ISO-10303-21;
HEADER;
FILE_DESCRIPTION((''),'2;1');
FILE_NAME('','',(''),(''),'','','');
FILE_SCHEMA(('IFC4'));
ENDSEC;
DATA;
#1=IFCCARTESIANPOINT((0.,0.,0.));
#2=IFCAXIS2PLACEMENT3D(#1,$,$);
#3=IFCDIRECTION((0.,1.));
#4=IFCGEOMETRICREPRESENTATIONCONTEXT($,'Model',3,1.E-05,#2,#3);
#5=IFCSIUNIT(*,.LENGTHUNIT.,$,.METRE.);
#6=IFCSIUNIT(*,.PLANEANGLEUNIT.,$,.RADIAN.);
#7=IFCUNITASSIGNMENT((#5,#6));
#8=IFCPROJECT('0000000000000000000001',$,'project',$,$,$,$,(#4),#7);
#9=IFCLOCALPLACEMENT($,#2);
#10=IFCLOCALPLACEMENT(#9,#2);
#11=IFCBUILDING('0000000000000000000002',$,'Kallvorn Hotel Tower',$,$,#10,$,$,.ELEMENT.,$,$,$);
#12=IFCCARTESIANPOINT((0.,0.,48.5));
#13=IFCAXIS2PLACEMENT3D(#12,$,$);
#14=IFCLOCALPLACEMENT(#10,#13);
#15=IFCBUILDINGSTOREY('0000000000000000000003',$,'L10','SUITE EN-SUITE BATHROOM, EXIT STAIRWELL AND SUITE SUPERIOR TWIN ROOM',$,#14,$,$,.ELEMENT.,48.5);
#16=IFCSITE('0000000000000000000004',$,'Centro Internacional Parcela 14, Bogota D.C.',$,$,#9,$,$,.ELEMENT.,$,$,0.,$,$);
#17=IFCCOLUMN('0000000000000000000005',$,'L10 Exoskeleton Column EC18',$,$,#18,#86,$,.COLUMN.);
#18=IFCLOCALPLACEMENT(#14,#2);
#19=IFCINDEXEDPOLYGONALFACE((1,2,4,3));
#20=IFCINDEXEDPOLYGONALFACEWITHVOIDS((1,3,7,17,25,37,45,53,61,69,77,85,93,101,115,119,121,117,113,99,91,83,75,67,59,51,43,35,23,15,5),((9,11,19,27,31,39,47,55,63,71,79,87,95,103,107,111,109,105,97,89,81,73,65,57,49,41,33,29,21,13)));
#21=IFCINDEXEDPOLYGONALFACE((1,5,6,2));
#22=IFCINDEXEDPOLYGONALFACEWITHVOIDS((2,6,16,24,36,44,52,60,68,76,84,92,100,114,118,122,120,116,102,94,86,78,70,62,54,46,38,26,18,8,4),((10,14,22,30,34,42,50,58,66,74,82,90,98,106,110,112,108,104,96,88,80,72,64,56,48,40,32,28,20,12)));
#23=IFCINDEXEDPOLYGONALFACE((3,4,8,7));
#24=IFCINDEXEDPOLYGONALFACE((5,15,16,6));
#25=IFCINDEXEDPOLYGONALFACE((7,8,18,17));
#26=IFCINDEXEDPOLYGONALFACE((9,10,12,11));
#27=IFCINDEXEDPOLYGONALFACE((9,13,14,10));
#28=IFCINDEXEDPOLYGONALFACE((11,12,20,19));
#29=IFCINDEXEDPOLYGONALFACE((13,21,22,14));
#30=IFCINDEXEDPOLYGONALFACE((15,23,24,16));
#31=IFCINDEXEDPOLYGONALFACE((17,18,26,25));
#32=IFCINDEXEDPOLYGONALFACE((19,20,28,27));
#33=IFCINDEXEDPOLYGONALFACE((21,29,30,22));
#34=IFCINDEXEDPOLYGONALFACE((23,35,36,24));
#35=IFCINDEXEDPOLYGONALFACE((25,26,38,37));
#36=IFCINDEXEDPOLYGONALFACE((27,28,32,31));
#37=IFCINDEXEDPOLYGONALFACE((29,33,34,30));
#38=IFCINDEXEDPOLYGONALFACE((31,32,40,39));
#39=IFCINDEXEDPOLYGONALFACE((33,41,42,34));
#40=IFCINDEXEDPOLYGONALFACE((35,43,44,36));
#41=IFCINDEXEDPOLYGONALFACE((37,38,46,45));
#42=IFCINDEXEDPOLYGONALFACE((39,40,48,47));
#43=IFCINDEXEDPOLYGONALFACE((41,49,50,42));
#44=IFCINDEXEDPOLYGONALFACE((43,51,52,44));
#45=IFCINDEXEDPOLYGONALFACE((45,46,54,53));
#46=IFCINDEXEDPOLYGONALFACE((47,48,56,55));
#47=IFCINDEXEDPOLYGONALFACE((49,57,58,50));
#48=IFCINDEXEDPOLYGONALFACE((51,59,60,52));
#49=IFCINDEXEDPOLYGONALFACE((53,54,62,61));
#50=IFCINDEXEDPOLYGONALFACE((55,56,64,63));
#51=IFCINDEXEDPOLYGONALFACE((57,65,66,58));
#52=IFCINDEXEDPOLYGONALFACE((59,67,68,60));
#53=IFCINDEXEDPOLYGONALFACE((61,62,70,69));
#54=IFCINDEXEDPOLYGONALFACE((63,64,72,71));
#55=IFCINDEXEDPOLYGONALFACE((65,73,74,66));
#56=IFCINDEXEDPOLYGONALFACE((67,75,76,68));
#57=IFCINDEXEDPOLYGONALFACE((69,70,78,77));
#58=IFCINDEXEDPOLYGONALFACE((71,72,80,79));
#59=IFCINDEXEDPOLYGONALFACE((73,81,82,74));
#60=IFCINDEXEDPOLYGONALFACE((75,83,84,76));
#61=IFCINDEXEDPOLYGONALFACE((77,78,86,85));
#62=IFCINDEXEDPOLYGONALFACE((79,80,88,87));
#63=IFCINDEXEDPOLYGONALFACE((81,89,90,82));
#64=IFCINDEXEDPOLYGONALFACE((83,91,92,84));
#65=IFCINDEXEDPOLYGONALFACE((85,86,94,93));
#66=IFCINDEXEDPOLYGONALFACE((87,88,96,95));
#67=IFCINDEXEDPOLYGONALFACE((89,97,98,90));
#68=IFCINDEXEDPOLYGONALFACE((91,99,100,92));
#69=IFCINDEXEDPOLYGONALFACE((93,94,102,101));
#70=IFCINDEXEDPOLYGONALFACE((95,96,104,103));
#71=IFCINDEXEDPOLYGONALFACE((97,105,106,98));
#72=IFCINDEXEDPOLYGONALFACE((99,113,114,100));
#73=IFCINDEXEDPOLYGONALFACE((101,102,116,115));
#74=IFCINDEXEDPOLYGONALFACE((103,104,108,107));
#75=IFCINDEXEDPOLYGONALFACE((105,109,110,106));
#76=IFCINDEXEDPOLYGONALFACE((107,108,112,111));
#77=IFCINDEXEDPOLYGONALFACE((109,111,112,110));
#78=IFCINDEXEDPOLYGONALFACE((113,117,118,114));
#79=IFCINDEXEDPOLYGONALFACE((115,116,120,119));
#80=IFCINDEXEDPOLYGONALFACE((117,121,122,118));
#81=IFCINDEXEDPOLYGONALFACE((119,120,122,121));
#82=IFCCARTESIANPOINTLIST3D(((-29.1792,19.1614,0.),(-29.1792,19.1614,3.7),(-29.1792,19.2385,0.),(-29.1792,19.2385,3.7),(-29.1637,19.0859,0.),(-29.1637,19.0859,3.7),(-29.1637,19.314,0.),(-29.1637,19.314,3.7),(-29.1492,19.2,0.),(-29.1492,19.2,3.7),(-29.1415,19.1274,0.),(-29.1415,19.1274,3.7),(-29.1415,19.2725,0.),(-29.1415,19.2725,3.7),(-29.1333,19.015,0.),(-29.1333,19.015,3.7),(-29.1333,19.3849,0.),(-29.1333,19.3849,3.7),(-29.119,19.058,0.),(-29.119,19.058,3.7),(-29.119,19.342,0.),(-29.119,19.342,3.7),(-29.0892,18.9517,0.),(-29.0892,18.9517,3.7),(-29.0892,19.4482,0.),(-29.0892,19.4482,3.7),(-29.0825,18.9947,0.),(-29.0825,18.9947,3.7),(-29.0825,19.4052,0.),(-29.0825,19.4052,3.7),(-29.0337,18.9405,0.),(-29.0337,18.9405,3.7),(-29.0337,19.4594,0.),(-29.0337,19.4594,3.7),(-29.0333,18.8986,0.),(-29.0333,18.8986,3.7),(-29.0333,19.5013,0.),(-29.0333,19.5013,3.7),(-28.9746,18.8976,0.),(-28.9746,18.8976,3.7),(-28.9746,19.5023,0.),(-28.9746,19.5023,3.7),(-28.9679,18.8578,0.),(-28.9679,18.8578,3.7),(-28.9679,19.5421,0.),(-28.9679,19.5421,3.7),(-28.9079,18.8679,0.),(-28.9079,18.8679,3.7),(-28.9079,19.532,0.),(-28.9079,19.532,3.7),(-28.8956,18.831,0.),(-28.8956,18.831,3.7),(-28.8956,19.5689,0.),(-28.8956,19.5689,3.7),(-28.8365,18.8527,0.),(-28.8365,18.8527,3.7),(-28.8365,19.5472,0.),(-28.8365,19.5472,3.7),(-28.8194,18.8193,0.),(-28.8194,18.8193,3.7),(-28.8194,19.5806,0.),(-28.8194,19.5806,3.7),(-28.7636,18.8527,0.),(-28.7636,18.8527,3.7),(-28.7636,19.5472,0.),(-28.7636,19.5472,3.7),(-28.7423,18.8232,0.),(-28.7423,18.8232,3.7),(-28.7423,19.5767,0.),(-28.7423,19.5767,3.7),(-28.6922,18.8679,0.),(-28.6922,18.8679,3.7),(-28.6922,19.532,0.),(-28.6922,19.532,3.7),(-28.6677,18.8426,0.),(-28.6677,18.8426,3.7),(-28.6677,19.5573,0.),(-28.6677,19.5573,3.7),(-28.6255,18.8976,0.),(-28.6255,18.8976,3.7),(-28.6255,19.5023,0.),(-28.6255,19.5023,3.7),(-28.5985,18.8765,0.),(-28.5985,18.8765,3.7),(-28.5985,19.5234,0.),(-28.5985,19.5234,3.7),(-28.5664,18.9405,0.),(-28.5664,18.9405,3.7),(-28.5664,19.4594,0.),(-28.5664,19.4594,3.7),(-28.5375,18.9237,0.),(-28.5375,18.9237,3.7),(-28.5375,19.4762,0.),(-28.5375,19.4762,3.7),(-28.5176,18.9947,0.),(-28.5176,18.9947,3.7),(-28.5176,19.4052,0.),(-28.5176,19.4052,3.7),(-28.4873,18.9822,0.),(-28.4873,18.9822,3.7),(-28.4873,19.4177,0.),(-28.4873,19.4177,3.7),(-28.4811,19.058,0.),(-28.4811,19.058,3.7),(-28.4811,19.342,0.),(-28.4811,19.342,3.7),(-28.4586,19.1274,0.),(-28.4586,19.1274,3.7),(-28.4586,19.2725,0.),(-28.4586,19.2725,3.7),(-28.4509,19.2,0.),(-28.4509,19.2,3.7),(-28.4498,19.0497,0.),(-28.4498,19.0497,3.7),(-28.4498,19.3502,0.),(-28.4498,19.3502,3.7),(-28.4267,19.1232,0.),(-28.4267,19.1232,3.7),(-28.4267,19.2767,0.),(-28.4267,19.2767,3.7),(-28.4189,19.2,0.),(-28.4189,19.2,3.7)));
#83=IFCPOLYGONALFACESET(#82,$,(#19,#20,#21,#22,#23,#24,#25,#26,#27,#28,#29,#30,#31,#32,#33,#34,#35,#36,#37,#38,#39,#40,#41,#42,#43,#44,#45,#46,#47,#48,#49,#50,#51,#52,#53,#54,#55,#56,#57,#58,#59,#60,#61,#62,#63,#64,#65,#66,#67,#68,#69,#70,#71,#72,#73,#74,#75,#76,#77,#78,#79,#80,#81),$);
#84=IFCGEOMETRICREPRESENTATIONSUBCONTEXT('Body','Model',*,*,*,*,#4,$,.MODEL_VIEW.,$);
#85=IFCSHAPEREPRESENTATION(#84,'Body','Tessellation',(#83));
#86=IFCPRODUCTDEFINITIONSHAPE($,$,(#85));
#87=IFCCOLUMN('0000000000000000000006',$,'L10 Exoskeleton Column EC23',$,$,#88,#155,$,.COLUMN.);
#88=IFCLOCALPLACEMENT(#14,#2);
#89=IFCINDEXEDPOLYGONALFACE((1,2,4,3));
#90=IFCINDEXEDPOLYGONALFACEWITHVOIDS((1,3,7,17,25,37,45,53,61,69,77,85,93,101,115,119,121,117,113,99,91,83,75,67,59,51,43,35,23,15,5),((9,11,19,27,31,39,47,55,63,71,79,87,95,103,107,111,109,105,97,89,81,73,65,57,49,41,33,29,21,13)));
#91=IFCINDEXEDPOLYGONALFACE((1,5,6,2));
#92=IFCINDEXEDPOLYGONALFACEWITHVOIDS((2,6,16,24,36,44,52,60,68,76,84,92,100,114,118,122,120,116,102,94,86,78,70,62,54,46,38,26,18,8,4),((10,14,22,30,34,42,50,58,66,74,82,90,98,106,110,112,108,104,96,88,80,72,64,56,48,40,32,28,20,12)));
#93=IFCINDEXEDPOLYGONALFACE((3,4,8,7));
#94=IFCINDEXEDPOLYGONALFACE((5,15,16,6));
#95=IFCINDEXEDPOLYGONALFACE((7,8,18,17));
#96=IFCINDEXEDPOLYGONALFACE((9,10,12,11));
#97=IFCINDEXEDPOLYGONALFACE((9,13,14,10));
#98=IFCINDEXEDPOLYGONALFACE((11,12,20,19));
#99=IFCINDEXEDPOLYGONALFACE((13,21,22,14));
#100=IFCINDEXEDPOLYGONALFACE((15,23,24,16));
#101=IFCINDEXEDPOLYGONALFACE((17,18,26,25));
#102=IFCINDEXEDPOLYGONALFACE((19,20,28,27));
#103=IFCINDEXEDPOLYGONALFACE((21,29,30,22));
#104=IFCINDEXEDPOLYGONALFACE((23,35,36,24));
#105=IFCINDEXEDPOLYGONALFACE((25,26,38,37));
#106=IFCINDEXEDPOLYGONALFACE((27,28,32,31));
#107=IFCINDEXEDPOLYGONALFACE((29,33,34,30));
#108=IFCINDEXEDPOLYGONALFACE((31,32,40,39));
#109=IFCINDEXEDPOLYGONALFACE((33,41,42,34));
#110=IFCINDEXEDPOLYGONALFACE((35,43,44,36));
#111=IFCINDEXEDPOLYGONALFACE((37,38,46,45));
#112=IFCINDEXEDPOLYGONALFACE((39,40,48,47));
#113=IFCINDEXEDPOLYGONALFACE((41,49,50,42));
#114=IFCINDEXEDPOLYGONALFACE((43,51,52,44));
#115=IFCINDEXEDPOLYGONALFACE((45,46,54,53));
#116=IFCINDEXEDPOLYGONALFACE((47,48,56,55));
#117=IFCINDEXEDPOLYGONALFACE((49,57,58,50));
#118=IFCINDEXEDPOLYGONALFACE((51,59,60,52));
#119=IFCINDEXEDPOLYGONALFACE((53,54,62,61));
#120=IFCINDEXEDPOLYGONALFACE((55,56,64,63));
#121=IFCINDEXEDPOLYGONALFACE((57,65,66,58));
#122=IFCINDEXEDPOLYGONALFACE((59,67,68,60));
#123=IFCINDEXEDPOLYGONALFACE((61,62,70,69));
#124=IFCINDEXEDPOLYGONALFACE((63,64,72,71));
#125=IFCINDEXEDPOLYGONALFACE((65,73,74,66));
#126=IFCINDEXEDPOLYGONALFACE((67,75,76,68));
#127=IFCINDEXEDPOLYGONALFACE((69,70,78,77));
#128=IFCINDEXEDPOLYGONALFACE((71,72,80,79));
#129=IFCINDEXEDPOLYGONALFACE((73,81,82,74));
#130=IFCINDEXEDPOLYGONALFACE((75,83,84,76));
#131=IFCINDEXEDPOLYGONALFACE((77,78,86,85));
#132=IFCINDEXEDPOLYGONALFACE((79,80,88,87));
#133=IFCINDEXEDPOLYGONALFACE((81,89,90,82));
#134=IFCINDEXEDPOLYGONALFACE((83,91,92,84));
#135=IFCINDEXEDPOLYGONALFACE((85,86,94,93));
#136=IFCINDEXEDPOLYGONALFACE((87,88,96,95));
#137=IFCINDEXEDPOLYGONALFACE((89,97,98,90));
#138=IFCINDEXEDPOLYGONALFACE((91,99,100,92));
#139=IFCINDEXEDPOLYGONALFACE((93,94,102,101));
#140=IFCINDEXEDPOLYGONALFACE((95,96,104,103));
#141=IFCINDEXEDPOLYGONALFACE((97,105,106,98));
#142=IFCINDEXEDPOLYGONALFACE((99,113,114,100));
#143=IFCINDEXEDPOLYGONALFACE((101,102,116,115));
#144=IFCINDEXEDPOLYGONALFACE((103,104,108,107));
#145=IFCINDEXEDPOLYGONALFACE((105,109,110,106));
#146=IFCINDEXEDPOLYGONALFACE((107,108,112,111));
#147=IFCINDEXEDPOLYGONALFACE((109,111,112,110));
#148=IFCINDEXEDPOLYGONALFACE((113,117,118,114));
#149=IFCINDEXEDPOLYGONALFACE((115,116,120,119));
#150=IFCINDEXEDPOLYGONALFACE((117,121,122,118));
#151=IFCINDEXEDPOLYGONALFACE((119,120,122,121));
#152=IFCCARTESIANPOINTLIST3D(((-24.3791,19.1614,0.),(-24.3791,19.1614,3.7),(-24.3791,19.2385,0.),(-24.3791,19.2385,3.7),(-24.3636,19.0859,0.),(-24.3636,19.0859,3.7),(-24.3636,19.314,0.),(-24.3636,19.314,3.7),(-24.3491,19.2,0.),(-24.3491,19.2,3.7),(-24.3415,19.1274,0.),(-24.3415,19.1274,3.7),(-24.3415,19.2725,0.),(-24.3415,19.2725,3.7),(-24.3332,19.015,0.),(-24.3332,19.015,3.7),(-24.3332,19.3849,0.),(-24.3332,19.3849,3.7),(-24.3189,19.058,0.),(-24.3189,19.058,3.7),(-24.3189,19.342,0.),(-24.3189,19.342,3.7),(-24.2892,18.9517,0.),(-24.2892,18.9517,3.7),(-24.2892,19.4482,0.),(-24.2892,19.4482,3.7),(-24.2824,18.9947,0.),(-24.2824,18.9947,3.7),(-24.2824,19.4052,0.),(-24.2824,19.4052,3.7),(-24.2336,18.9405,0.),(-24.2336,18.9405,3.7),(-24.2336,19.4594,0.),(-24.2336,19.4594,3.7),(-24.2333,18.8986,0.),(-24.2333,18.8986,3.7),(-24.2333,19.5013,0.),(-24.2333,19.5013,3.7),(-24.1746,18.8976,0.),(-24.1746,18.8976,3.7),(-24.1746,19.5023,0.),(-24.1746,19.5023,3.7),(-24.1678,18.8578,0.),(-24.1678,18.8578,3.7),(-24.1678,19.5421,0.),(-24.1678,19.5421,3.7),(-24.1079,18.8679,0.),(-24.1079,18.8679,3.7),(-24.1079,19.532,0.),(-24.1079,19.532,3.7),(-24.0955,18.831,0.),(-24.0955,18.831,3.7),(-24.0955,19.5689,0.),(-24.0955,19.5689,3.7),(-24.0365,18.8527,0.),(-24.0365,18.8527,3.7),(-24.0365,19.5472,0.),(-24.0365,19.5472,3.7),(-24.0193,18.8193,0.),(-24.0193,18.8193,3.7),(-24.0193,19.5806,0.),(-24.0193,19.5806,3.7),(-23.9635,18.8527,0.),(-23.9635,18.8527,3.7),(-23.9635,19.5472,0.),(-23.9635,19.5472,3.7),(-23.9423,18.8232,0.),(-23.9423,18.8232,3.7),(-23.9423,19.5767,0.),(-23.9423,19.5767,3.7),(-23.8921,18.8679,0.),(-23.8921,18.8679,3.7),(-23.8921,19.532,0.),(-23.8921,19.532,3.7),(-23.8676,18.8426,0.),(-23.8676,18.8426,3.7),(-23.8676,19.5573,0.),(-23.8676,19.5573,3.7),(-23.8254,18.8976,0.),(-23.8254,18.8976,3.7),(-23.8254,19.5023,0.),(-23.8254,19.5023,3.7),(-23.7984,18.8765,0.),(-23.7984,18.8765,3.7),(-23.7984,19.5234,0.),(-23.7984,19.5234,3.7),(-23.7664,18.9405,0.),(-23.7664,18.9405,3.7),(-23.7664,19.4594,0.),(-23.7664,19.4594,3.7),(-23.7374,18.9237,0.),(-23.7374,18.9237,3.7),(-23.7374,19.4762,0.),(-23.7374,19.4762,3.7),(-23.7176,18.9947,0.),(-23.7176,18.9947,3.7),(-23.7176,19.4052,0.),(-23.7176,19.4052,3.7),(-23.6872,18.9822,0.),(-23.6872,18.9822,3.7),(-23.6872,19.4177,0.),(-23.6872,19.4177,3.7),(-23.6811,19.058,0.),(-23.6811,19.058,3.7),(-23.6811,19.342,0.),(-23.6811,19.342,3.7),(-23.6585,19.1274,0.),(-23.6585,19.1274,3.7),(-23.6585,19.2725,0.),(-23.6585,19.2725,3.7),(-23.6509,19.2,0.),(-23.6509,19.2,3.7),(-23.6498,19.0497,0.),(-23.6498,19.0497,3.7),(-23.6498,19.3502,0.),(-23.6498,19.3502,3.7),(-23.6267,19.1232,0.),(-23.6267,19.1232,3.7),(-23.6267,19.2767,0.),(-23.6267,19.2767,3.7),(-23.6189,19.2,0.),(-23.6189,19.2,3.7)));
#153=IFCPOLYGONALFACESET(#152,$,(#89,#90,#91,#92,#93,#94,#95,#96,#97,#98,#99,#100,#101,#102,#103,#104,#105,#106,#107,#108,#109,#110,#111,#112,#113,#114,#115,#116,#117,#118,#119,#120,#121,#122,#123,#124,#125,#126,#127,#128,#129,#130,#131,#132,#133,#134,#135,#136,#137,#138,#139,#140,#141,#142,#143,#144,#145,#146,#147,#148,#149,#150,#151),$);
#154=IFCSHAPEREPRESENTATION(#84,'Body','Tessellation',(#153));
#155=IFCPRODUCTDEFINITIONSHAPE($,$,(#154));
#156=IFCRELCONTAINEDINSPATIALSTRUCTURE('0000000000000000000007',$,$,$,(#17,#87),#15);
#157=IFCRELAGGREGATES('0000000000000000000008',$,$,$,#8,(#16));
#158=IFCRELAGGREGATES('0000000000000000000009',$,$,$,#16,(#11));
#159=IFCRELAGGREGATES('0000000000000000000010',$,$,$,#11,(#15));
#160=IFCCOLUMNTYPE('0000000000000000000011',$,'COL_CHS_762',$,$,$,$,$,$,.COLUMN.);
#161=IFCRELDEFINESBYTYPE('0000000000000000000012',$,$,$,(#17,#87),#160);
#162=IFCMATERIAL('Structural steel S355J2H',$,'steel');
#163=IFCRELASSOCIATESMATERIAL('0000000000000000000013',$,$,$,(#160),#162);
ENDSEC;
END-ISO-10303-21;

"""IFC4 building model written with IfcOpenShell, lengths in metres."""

from ifc_helpers import new_model, si_unit, direction, frame, origin, origin_2d, place, context, subcontext, project, spatial, hollow_circle, extrude, material, material_profile, profile_set, type_object, element, save


model = new_model("IFC4")

# Units and contexts
model_context = context("Model", 3, precision=1e-05, world=origin(), true_north=direction((0.0, 1.0)))
body_context = subcontext(model_context, "Body", "Model", "MODEL_VIEW")
ifc_project = project(units=[si_unit("LENGTHUNIT", "METRE"), si_unit("PLANEANGLEUNIT", "RADIAN")], contexts=[model_context])

# Site, building, storey
site_placement = place(None, origin())
site = spatial("IfcSite", under=ifc_project, at=site_placement, Name="Centro Internacional Parcela 14, Bogota D.C.", CompositionType="ELEMENT", RefElevation=0.0)
building_placement = place(site_placement, origin())
building = spatial("IfcBuilding", under=site, at=building_placement, Name="Kallvorn Hotel Tower", CompositionType="ELEMENT")
storey_placement = place(building_placement, frame((0.0, 0.0, 48.5)))
storey = spatial("IfcBuildingStorey", under=building, at=storey_placement, Name="L10", Description="SUITE EN-SUITE BATHROOM, EXIT STAIRWELL AND SUITE SUPERIOR TWIN ROOM", CompositionType="ELEMENT", Elevation=48.5)

# Columns
ifc_material_1 = material(Name="Structural steel S355J2H", Category="steel")
ifc_material_profile_1 = material_profile(ifc_material_1, hollow_circle(Radius=0.3811, WallThickness=0.032, at=origin_2d()), Name="CHS 762x32")
ifc_profile_set_1 = profile_set([ifc_material_profile_1], Name="Structural steel S355J2H")
column_type_1 = type_object("IfcColumnType", Name="COL_CHS_762", PredefinedType="COLUMN", material=ifc_profile_set_1)
for number, where, z_axis, x_axis, name in (
    (1, (-28.8, 19.2, 0.0), (0.0, 0.0, 1.0), (1.0, 0.0, 0.0), "L10 Exoskeleton Column EC18"),
    (2, (-24.0, 19.2, 0.0), (0.0, 0.0, 1.0), (1.0, 0.0, 0.0), "L10 Exoskeleton Column EC23"),
):
    element("IfcColumn", number, at=place(storey_placement, frame(where, z_axis=z_axis, x_axis=x_axis)), inside=storey, type_object=column_type_1, Name=name, PredefinedType="COLUMN", context=body_context, shape_type="SweptSolid", body=[
        extrude(hollow_circle(Radius=0.3811, WallThickness=0.032, at=origin_2d()), origin(), (0.0, 0.0, 1.0), 3.7),
    ])

save(model, "model.ifc")
